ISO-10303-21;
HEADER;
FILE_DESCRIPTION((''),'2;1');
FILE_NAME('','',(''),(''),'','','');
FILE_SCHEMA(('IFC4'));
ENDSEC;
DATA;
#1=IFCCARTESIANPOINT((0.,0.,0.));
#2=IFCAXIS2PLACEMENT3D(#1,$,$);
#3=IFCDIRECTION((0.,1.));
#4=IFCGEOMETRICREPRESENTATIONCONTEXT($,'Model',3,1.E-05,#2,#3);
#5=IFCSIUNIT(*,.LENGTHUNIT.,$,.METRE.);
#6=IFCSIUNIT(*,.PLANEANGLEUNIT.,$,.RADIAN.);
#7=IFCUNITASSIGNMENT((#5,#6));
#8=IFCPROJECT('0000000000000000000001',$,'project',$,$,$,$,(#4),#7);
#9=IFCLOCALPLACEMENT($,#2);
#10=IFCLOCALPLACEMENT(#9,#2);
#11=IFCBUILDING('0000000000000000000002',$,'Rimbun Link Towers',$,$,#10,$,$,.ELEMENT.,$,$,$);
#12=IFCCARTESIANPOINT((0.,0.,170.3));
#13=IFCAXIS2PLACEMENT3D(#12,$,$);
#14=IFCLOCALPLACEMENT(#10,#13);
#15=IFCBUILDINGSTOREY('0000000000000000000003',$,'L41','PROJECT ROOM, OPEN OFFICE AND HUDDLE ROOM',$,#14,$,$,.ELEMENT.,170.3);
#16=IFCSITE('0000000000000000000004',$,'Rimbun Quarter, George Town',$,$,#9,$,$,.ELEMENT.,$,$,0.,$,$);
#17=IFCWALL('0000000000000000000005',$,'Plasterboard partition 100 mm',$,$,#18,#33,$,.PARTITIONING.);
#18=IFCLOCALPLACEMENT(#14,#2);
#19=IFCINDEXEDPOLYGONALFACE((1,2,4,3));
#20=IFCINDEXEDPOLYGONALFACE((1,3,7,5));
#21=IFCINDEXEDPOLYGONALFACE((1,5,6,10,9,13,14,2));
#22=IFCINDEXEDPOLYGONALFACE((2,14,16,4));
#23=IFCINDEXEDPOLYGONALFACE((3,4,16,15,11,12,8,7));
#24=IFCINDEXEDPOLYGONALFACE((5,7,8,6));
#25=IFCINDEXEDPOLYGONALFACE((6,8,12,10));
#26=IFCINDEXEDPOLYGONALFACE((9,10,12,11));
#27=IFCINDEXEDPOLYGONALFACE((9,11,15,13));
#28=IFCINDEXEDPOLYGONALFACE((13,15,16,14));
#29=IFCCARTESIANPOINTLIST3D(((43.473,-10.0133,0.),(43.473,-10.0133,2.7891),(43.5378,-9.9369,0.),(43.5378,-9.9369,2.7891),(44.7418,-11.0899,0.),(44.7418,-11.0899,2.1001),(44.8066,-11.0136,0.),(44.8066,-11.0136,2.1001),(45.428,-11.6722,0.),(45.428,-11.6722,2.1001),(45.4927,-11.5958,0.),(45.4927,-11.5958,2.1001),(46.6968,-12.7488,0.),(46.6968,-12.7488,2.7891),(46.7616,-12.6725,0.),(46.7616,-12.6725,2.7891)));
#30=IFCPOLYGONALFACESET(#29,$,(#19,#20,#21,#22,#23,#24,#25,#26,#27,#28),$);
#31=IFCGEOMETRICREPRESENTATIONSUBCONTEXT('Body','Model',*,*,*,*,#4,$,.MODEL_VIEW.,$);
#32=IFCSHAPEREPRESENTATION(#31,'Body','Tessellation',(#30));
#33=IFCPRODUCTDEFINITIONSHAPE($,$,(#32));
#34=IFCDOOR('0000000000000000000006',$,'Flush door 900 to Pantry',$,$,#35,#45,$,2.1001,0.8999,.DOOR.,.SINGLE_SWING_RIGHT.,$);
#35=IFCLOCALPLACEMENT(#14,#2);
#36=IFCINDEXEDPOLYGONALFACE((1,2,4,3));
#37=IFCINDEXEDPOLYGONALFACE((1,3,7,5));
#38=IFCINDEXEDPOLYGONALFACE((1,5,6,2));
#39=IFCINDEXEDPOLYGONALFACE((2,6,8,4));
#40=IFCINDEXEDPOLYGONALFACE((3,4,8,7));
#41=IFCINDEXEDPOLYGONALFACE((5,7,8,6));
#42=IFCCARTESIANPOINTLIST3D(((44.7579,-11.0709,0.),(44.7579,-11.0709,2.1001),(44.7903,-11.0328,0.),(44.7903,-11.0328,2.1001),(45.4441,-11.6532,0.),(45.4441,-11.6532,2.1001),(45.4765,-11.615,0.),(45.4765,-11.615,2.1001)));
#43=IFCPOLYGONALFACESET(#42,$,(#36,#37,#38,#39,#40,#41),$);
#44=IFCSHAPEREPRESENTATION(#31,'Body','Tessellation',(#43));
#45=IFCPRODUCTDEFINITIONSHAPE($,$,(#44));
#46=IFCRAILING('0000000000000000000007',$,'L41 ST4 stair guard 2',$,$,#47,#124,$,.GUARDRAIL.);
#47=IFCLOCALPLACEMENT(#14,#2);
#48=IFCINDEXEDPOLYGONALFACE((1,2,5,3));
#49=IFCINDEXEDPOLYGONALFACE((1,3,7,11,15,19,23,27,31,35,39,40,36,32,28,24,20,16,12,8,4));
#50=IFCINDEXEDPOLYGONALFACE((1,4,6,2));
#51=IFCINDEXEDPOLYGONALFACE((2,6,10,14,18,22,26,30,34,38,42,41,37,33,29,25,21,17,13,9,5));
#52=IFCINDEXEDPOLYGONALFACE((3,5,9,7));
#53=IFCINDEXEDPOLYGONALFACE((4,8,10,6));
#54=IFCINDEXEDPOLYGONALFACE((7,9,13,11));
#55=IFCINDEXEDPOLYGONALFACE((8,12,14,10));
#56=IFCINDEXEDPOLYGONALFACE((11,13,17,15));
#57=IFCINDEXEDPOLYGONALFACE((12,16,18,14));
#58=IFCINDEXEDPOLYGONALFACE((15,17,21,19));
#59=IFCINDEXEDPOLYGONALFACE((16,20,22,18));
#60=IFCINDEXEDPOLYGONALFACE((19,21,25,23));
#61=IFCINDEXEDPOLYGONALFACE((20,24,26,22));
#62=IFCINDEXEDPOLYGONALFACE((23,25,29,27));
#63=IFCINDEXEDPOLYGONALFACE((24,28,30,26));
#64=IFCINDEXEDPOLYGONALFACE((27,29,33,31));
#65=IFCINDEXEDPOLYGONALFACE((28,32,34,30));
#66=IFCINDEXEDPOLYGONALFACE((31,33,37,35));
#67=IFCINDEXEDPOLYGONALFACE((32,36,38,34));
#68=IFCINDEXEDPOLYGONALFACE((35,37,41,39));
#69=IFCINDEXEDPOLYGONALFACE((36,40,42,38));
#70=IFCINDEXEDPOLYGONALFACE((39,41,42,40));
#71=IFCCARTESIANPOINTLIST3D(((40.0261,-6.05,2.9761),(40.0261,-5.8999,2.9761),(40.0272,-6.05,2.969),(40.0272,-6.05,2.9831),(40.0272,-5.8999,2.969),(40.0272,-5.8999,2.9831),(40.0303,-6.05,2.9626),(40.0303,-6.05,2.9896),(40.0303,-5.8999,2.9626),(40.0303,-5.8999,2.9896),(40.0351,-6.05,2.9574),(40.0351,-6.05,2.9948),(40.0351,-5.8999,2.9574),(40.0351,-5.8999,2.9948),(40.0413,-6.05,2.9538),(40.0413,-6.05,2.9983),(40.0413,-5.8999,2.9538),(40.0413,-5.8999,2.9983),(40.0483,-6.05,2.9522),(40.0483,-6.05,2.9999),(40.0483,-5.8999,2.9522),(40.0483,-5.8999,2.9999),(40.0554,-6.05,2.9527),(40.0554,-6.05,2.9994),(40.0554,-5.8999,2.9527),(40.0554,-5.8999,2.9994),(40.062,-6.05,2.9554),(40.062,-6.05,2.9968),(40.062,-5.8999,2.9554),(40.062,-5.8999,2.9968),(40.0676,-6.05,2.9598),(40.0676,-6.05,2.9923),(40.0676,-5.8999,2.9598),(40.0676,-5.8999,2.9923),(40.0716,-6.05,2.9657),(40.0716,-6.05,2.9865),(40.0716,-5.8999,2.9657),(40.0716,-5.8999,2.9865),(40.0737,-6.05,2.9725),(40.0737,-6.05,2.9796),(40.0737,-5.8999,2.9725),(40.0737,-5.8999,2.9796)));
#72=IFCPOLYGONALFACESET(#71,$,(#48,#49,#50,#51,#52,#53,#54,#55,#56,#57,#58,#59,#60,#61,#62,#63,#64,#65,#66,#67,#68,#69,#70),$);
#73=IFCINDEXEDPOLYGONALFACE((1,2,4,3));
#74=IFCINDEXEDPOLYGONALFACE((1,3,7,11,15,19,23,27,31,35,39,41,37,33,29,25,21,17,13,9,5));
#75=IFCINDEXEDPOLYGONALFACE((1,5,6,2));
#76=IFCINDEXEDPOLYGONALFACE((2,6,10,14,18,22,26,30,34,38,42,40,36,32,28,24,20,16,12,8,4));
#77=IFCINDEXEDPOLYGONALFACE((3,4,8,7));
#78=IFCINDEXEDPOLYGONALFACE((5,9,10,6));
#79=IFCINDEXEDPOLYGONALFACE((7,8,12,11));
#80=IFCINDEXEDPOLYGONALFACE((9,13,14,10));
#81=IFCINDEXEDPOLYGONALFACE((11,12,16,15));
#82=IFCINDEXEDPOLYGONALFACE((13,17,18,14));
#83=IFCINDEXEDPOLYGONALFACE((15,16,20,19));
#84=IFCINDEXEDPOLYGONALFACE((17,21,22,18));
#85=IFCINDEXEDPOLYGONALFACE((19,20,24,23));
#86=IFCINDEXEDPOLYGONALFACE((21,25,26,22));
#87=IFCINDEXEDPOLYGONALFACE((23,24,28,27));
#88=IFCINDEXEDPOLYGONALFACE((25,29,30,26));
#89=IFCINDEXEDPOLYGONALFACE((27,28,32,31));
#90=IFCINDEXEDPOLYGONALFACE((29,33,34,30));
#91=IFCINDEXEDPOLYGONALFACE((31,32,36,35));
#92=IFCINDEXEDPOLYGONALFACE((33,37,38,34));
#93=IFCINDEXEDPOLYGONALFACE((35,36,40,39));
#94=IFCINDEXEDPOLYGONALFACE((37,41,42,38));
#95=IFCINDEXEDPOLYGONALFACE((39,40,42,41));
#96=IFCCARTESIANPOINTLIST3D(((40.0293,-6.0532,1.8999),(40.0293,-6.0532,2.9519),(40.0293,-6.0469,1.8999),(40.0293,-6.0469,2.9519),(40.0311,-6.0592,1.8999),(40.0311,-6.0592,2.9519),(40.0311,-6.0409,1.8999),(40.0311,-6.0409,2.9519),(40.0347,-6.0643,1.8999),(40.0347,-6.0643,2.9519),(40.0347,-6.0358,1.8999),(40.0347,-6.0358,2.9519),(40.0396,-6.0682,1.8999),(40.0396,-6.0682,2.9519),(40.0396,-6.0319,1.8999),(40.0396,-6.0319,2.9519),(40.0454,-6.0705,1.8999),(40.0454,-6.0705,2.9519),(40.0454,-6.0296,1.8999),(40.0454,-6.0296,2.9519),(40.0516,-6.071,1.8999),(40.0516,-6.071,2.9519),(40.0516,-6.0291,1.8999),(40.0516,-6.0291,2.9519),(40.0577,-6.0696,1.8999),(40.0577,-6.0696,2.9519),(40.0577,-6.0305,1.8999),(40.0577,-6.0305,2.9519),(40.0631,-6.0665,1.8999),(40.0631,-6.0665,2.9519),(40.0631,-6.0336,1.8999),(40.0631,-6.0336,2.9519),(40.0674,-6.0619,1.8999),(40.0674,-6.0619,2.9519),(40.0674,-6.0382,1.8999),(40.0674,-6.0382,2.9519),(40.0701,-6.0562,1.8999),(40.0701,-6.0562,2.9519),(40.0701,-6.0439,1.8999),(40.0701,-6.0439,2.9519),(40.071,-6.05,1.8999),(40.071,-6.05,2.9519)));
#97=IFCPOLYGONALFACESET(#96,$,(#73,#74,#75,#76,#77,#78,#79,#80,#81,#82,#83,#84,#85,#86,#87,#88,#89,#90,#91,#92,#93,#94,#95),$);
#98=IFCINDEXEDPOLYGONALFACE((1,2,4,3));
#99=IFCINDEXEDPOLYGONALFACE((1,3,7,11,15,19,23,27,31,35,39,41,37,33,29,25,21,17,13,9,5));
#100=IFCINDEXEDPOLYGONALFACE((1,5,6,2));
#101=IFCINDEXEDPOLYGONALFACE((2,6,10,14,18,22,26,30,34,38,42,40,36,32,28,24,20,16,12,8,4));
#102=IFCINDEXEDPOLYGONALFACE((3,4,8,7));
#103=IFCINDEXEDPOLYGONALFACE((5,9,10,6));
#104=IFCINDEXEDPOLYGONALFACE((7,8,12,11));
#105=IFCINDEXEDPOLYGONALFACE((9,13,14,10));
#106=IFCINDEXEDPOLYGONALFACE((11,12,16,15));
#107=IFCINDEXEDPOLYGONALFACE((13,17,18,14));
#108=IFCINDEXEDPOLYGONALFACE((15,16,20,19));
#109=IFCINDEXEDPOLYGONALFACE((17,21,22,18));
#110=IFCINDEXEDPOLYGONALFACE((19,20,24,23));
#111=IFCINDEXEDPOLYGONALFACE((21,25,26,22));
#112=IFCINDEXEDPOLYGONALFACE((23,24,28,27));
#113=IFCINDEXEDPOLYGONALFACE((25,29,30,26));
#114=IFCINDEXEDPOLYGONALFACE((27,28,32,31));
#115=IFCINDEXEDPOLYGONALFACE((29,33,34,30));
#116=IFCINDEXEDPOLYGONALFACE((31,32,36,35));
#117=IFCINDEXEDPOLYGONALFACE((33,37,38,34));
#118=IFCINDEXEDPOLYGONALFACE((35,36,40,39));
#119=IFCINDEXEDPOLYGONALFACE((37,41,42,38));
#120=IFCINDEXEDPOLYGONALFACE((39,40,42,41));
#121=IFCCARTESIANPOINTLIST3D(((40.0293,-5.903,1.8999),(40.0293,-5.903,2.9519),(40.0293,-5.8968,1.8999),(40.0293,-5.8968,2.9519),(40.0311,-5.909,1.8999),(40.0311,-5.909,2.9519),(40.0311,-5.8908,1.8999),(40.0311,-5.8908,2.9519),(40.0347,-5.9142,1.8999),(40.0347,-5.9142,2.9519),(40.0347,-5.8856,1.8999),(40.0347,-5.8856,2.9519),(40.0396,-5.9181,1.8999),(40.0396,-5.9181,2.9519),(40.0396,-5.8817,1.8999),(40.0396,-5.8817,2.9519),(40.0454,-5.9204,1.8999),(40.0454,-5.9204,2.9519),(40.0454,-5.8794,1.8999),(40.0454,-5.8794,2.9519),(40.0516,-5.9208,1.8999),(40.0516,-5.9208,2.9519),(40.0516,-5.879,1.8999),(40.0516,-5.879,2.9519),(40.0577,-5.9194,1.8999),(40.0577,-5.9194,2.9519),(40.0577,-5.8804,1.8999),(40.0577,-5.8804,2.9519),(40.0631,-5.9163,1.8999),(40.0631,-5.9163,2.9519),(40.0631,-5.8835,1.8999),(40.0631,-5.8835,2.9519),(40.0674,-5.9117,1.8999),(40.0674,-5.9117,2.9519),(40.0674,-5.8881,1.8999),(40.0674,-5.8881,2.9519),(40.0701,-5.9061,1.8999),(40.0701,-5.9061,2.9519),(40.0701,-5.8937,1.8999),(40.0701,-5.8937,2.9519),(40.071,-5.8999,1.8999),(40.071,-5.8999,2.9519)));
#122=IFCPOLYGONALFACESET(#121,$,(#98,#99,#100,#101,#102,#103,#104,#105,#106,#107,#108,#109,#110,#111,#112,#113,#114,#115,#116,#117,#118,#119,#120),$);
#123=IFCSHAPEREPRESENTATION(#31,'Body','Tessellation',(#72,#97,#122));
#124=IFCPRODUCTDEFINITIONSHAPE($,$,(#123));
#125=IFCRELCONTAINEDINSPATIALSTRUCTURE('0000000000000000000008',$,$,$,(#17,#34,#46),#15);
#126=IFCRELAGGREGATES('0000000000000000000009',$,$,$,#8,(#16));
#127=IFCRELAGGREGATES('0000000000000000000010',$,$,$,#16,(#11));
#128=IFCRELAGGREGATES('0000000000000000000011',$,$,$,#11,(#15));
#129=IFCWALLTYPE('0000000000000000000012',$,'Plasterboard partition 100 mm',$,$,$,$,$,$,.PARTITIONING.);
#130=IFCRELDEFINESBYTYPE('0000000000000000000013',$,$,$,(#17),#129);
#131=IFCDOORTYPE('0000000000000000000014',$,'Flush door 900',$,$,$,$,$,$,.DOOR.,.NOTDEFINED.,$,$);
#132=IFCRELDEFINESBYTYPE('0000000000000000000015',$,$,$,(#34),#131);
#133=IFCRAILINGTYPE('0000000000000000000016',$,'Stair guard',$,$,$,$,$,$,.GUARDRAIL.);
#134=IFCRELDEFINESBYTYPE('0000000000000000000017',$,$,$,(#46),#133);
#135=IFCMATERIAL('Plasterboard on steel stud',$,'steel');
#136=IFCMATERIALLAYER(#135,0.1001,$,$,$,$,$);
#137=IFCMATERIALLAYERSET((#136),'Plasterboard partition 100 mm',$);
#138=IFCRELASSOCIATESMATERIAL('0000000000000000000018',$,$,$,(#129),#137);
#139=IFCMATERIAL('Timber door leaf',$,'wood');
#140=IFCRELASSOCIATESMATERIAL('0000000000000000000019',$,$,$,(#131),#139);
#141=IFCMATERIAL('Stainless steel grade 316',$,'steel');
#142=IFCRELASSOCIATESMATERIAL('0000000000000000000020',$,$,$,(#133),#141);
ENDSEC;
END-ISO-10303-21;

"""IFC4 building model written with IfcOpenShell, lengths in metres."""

from ifc_helpers import new_model, si_unit, direction, frame, frame_2d, origin, origin_2d, place, context, subcontext, project, spatial, rectangle, circle, extrude, material, layer, layer_set, type_object, element, fill, save


model = new_model("IFC4")

# Units and contexts
model_context = context("Model", 3, precision=1e-05, world=origin(), true_north=direction((0.0, 1.0)))
body_context = subcontext(model_context, "Body", "Model", "MODEL_VIEW")
ifc_project = project(units=[si_unit("LENGTHUNIT", "METRE"), si_unit("PLANEANGLEUNIT", "RADIAN")], contexts=[model_context])

# Site, building, storey
site_placement = place(None, origin())
site = spatial("IfcSite", under=ifc_project, at=site_placement, Name="Rimbun Quarter, George Town", CompositionType="ELEMENT", RefElevation=0.0)
building_placement = place(site_placement, origin())
building = spatial("IfcBuilding", under=site, at=building_placement, Name="Rimbun Link Towers", CompositionType="ELEMENT")
storey_placement = place(building_placement, frame((0.0, 0.0, 170.3)))
storey = spatial("IfcBuildingStorey", under=building, at=storey_placement, Name="L41", Description="PROJECT ROOM, OPEN OFFICE AND HUDDLE ROOM", CompositionType="ELEMENT", Elevation=170.3)

# Wall, opening, door
ifc_material_1 = material(Name="Plasterboard on steel stud", Category="steel")
ifc_layer_1 = layer(ifc_material_1, 0.1001)
ifc_layer_set_1 = layer_set([ifc_layer_1], Name="Plasterboard partition 100 mm")
wall_type_1 = type_object("IfcWallType", Name="Plasterboard partition 100 mm", PredefinedType="PARTITIONING", material=ifc_layer_set_1)
wall_1_placement = place(storey_placement, frame((43.5054, -9.9751, 0.0), z_axis=(0.0, 0.0, 1.0), x_axis=(0.762488, -0.647003, 0.0)))
wall_1 = element("IfcWall", 1, at=wall_1_placement, inside=storey, type_object=wall_type_1, Name="Plasterboard partition 100 mm", PredefinedType="PARTITIONING", context=body_context, shape_type="SweptSolid", body=[
    extrude(rectangle(XDim=4.228, YDim=0.1001, at=frame_2d((2.114, 0.0))), origin(), (0.0, 0.0, 1.0), 2.7891),
])
opening_1_placement = place(wall_1_placement, frame((1.6641, 0.0, 0.0)))
opening_1 = element("IfcOpeningElement", 2, at=opening_1_placement, cuts=wall_1, PredefinedType="OPENING", context=body_context, shape_type="SweptSolid", body=[
    extrude(rectangle(XDim=0.8999, YDim=2.1001, at=frame_2d((0.45, 1.05))), frame((0.0, 0.0601, 0.0), z_axis=(0.0, -1.0, 0.0), x_axis=(1.0, 0.0, 0.0)), (0.0, 0.0, 1.0), 0.1201),
])
ifc_material_2 = material(Name="Timber door leaf", Category="wood")
door_type_1 = type_object("IfcDoorType", Name="Flush door 900", OperationType="NOTDEFINED", PredefinedType="DOOR", material=ifc_material_2)
door_1_placement = place(opening_1_placement, origin())
door_1 = element("IfcDoor", 3, at=door_1_placement, inside=storey, type_object=door_type_1, Name="Flush door 900 to Pantry", OperationType="SINGLE_SWING_RIGHT", OverallHeight=2.1001, OverallWidth=0.8999, PredefinedType="DOOR", context=body_context, shape_type="SweptSolid", body=[
    extrude(rectangle(XDim=0.8999, YDim=2.1001, at=frame_2d((0.45, 1.05))), frame((0.0, 0.0249, 0.0), z_axis=(0.0, -1.0, 0.0), x_axis=(1.0, 0.0, 0.0)), (0.0, 0.0, 1.0), 0.05),
])
fill(opening_1, door_1)

# Railing
ifc_material_3 = material(Name="Stainless steel grade 316", Category="steel")
railing_type = type_object("IfcRailingType", Name="Stair guard", PredefinedType="GUARDRAIL", material=ifc_material_3)
railing_1_placement = place(storey_placement, frame((40.05, -6.05, 1.8999)))
element("IfcRailing", 4, at=railing_1_placement, inside=storey, type_object=railing_type, Name="L41 ST4 stair guard 2", PredefinedType="GUARDRAIL", context=body_context, shape_type="SweptSolid", body=[
    extrude(circle(Radius=0.0239, at=origin_2d()), frame((0.0, 0.0, 1.0762), z_axis=(0.0, 1.0, 0.0), x_axis=(-1.0, 0.0, 0.0)), (0.0, 0.0, 1.0), 0.1501),
    extrude(circle(Radius=0.021, at=origin_2d()), origin(), (0.0, 0.0, 1.0), 1.052),
    extrude(circle(Radius=0.021, at=origin_2d()), frame((0.0, 0.1501, 0.0)), (0.0, 0.0, 1.0), 1.052),
])

save(model, "model.ifc")
